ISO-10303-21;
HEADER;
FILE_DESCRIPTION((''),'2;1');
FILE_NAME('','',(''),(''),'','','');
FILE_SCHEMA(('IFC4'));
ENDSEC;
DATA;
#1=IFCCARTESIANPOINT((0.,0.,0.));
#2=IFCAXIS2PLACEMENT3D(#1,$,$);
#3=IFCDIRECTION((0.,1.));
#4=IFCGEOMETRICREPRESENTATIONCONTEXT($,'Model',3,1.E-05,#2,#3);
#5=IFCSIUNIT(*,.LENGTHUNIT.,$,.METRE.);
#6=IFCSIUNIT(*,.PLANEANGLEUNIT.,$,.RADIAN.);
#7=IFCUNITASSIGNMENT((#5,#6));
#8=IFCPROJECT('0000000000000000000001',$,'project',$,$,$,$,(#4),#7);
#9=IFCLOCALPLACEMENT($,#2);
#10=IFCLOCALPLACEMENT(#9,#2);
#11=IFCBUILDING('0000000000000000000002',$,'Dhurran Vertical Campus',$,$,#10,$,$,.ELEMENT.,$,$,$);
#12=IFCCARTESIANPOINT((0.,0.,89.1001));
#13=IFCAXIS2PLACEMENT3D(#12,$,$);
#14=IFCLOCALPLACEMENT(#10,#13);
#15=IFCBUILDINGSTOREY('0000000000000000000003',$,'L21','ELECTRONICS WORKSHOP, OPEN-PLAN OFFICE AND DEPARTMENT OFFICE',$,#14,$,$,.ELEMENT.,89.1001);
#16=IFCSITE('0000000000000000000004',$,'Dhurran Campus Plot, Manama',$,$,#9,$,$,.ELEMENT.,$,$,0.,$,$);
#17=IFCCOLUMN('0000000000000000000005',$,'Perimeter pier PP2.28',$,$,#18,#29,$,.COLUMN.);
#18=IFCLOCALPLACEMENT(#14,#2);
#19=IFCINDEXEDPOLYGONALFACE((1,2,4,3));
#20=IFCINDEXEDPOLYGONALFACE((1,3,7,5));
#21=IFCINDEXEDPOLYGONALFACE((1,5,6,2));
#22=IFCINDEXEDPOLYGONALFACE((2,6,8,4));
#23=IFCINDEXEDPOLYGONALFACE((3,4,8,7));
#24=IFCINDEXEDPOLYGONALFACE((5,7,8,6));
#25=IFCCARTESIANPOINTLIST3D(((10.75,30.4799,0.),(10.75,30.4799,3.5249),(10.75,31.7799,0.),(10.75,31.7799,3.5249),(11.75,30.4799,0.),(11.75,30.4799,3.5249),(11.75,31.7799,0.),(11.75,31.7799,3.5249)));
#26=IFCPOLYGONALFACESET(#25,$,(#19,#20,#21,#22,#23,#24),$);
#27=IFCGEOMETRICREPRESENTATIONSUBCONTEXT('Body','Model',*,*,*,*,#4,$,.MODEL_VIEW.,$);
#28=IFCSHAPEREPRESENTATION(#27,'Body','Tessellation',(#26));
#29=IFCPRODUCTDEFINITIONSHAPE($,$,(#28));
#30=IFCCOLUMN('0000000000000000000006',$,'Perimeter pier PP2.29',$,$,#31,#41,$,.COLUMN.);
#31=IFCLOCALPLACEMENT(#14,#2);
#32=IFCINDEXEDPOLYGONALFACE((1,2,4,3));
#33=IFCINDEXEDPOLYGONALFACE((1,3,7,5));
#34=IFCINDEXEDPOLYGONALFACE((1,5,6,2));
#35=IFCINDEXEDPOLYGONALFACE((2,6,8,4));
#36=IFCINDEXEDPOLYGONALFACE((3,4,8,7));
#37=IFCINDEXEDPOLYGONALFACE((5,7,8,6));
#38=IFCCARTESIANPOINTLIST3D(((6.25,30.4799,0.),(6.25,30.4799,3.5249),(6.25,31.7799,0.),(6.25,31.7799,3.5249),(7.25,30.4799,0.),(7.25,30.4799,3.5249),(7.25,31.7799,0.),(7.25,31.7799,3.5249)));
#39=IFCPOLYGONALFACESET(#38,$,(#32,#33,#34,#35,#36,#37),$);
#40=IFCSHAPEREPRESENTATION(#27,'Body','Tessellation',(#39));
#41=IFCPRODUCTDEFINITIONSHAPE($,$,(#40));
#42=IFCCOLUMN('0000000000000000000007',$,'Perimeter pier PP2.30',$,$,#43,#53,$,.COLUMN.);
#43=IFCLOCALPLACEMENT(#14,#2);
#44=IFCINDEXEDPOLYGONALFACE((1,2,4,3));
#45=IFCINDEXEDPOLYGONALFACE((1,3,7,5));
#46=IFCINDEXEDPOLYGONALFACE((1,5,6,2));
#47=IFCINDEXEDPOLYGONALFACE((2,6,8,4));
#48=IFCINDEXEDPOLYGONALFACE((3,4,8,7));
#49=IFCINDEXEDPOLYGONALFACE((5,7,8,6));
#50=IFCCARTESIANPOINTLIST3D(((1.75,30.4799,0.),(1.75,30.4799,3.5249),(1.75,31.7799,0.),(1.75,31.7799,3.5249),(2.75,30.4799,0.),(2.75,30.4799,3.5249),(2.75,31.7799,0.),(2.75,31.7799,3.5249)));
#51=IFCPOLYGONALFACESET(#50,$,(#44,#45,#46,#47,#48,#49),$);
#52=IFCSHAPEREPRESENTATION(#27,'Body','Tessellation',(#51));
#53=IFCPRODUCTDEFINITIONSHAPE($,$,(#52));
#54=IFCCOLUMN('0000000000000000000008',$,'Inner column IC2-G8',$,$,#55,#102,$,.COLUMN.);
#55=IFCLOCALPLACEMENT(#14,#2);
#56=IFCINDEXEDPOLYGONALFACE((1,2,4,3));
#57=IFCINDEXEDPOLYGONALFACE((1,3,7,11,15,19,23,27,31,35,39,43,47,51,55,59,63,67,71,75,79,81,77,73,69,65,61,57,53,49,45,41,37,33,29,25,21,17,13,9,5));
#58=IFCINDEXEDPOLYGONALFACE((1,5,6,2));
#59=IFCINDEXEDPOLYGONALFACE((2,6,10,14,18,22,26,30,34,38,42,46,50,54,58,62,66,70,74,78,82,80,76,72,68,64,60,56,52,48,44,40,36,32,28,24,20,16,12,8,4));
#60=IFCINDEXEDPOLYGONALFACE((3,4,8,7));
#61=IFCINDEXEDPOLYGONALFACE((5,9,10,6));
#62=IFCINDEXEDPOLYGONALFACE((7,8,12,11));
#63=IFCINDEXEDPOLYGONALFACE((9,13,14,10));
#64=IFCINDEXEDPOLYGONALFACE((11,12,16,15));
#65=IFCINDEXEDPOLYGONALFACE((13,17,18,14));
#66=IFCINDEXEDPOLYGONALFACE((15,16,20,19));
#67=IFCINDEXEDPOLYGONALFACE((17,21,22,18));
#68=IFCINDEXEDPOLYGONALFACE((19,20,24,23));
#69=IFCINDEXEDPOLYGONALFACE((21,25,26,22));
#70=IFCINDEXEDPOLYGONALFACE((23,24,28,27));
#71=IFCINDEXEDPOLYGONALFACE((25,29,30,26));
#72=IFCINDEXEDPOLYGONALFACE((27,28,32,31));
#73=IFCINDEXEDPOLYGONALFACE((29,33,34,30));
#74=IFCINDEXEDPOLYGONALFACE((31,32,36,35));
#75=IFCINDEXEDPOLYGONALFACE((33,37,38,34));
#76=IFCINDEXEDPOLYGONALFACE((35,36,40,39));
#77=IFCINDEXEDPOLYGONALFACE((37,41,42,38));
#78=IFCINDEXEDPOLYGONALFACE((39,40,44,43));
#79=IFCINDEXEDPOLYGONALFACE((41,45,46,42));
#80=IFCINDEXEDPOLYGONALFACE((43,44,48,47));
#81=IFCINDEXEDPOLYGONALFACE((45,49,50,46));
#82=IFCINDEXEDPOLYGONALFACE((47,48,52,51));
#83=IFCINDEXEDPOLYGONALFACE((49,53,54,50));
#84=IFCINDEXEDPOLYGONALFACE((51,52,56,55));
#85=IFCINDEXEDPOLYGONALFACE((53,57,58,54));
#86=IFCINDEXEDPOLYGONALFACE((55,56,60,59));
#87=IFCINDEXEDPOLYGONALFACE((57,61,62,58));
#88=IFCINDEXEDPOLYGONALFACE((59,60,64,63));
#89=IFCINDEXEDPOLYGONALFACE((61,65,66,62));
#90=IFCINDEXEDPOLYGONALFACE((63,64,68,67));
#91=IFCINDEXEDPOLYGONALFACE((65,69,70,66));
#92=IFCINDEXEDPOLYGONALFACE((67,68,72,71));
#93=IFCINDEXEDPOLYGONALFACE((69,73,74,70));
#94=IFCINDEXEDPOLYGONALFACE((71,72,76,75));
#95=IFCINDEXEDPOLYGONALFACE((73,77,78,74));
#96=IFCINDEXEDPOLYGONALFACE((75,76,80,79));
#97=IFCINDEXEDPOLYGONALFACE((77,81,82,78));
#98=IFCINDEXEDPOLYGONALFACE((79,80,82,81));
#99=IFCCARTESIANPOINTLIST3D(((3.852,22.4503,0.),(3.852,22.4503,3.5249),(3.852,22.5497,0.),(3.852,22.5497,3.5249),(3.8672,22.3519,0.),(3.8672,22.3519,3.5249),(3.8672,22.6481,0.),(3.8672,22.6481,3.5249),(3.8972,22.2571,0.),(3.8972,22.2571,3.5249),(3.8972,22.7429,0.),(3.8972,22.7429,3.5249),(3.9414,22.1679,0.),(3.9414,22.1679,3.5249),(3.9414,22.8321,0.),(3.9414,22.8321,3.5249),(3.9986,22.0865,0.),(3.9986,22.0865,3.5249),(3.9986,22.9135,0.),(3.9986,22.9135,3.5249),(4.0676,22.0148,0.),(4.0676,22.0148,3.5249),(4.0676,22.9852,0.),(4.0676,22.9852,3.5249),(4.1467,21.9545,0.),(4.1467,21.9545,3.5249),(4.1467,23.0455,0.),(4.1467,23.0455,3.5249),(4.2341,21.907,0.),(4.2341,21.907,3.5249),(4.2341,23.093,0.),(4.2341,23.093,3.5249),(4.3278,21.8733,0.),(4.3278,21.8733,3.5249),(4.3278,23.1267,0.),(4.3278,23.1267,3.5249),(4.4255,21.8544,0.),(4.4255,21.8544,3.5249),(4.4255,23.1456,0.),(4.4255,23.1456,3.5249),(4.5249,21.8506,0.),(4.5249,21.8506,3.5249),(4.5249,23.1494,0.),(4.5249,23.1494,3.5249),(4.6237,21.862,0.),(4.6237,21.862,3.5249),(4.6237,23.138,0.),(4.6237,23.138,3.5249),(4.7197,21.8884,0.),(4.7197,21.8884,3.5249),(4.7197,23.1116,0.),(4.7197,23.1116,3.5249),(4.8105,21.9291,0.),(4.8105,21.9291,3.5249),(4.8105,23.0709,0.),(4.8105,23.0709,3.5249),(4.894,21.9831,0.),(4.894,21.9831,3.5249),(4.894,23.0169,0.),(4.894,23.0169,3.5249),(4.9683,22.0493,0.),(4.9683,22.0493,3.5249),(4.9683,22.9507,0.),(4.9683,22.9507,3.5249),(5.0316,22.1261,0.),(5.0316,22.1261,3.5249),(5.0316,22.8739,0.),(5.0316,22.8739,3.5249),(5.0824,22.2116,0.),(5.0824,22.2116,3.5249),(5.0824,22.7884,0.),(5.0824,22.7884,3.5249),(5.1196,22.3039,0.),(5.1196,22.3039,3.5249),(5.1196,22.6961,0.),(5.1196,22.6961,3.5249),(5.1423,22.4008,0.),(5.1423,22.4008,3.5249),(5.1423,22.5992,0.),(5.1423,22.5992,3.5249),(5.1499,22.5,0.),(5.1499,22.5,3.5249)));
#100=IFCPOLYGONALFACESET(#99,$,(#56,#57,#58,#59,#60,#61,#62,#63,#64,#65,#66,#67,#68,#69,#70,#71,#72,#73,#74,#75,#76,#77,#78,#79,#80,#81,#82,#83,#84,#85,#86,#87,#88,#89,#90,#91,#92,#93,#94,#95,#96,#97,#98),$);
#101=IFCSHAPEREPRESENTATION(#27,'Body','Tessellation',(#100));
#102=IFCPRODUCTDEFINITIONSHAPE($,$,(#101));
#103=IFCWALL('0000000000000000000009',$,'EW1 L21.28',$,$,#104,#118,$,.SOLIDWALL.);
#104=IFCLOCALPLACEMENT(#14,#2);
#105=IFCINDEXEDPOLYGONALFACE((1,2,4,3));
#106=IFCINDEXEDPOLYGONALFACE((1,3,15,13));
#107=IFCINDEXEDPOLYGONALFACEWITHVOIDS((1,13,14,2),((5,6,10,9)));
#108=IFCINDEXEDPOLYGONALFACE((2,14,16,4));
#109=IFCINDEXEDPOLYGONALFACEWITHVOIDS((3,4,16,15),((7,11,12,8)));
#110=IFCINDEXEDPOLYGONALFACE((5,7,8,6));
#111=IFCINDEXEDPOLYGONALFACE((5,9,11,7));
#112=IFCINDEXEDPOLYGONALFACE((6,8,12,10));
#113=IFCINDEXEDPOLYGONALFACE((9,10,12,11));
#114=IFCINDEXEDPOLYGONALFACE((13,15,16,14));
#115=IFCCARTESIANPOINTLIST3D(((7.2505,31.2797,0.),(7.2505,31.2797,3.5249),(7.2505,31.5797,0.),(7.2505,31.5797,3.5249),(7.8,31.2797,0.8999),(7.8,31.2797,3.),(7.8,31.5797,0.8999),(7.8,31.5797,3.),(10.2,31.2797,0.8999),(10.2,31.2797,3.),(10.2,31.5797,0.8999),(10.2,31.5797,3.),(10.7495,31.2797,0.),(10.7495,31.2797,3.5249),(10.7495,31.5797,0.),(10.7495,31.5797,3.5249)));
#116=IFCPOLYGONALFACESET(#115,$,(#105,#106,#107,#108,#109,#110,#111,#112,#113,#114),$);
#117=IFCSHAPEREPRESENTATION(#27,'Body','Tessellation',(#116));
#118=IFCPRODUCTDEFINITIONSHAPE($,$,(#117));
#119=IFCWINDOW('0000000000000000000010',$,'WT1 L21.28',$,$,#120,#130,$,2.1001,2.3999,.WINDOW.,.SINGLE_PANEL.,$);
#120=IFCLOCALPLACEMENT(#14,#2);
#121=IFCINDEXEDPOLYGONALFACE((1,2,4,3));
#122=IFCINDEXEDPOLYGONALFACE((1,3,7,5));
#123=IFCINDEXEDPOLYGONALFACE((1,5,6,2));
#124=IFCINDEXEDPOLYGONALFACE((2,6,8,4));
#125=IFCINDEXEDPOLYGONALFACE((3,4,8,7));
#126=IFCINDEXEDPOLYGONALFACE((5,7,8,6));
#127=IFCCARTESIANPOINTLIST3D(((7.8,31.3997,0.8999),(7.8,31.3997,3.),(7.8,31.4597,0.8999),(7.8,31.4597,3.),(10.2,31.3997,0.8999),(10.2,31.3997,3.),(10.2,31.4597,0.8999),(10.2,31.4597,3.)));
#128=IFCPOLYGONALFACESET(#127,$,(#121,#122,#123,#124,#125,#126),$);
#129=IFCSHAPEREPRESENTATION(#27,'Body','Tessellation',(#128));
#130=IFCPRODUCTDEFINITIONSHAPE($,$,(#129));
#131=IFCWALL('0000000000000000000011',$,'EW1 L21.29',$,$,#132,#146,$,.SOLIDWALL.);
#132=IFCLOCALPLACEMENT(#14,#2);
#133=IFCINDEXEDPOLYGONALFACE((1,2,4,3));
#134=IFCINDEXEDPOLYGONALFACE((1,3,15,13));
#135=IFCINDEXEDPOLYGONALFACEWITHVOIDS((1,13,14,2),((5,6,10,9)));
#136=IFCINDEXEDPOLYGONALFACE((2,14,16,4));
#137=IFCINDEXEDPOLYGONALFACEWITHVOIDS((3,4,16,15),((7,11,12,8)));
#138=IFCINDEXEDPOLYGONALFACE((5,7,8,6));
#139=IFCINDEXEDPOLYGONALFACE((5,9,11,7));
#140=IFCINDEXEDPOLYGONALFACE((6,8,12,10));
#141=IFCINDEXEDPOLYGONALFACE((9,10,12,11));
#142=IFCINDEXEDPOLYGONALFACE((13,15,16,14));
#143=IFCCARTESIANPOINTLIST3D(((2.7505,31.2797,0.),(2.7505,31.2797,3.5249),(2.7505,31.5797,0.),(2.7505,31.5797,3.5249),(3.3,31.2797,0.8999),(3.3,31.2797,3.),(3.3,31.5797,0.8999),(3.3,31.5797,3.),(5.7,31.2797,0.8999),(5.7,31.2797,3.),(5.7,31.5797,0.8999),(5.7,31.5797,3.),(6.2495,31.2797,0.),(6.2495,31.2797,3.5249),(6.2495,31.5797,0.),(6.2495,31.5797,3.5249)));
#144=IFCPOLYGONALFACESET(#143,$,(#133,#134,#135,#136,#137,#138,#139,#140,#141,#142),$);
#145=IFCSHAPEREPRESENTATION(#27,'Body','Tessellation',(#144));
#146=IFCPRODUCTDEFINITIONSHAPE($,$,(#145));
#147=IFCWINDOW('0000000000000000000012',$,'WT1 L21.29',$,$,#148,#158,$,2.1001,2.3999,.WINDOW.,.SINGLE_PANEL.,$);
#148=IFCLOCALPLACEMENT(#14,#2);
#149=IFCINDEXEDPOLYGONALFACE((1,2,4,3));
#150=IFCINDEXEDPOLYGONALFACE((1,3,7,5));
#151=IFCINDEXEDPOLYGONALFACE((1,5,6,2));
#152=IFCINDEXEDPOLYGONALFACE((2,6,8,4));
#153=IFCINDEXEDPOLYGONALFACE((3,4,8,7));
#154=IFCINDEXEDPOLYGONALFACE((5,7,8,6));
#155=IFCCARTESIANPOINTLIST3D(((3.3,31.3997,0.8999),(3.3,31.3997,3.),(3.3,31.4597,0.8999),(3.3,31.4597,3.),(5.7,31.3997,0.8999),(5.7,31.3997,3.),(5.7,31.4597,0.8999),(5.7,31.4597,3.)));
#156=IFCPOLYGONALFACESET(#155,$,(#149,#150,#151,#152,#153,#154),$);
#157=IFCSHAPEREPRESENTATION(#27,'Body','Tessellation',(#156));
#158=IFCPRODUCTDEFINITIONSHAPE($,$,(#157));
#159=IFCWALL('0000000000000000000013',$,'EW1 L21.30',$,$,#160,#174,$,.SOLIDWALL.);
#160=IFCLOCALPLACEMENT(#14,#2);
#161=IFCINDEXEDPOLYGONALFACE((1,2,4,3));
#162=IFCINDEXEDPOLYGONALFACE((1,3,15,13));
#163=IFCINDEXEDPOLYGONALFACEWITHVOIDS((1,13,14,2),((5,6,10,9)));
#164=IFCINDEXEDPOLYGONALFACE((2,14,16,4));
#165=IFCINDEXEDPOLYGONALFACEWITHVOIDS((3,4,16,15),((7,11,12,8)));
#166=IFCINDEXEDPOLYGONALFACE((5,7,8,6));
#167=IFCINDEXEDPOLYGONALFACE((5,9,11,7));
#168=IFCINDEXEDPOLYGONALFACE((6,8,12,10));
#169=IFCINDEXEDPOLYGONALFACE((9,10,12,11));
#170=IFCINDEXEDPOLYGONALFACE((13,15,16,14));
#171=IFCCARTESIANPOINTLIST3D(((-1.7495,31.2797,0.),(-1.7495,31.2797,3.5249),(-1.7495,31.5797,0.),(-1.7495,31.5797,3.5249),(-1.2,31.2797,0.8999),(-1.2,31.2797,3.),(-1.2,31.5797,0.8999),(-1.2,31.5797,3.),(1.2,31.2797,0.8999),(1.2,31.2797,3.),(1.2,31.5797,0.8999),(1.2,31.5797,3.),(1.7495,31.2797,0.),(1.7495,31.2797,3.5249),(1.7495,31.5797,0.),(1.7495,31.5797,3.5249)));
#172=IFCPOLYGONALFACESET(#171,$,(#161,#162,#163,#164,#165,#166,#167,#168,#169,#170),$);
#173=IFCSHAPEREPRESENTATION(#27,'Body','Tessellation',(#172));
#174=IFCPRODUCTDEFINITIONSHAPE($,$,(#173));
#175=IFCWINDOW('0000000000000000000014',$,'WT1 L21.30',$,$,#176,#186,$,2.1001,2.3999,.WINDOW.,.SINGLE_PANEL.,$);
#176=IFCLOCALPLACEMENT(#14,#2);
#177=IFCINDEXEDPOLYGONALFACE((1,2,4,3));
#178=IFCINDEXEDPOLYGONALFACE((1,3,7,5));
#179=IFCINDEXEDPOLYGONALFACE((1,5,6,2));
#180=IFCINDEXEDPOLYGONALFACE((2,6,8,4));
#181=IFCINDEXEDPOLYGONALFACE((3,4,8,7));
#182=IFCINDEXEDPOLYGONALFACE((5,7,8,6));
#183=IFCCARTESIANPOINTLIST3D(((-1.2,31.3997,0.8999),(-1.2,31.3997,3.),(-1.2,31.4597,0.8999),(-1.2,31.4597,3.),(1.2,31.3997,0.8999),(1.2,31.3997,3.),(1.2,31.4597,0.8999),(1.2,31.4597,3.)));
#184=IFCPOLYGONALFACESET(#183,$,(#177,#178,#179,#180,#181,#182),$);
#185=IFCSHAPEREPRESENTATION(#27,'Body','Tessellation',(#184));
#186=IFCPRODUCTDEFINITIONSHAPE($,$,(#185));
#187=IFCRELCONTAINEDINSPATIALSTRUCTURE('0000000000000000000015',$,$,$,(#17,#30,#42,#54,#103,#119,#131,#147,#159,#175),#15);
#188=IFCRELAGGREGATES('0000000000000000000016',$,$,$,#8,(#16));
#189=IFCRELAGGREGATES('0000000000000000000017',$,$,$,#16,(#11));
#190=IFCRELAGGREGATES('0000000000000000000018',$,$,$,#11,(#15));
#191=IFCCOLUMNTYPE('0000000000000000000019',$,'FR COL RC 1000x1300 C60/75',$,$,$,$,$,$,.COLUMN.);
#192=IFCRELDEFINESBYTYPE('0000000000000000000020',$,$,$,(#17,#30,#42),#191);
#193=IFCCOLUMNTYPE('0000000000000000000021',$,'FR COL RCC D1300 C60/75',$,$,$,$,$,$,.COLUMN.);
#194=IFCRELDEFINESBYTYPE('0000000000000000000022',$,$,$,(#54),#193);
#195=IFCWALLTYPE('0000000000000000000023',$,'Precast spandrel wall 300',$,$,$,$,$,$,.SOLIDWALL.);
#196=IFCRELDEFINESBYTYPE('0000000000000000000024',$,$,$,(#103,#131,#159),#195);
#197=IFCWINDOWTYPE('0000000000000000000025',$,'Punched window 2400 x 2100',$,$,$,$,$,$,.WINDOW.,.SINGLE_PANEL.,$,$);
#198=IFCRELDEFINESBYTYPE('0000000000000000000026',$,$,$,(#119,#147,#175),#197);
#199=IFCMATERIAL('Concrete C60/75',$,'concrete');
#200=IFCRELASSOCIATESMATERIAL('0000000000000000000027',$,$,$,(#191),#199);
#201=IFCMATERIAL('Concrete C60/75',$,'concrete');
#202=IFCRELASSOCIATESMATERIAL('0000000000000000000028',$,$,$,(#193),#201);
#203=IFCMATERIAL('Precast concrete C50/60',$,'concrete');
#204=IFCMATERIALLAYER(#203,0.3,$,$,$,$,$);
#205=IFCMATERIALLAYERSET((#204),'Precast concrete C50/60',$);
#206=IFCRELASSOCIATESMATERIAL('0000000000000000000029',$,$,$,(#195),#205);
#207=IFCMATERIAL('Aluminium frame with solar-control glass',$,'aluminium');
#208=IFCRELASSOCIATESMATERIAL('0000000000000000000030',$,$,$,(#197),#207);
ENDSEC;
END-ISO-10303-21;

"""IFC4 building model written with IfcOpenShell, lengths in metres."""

from ifc_helpers import new_model, si_unit, direction, frame, frame_2d, origin, origin_2d, place, context, subcontext, project, spatial, rectangle, circle, extrude, material, layer, layer_set, material_profile, profile_set, type_object, element, fill, save


model = new_model("IFC4")

# Units and contexts
model_context = context("Model", 3, precision=1e-05, world=origin(), true_north=direction((0.0, 1.0)))
body_context = subcontext(model_context, "Body", "Model", "MODEL_VIEW")
ifc_project = project(units=[si_unit("LENGTHUNIT", "METRE"), si_unit("PLANEANGLEUNIT", "RADIAN")], contexts=[model_context])

# Site, building, storey
site_placement = place(None, origin())
site = spatial("IfcSite", under=ifc_project, at=site_placement, Name="Dhurran Campus Plot, Manama", CompositionType="ELEMENT", RefElevation=0.0)
building_placement = place(site_placement, origin())
building = spatial("IfcBuilding", under=site, at=building_placement, Name="Dhurran Vertical Campus", CompositionType="ELEMENT")
storey_placement = place(building_placement, frame((0.0, 0.0, 89.1001)))
storey = spatial("IfcBuildingStorey", under=building, at=storey_placement, Name="L21", Description="ELECTRONICS WORKSHOP, OPEN-PLAN OFFICE AND DEPARTMENT OFFICE", CompositionType="ELEMENT", Elevation=89.1001)

# Columns
ifc_material_1 = material(Name="Concrete C60/75", Category="concrete")
ifc_material_profile_1 = material_profile(ifc_material_1, rectangle(XDim=1.0, YDim=1.3, at=origin_2d()), Name="RC 1000x1300")
ifc_profile_set_1 = profile_set([ifc_material_profile_1], Name="Concrete C60/75")
column_type_1 = type_object("IfcColumnType", Name="FR COL RC 1000x1300 C60/75", PredefinedType="COLUMN", material=ifc_profile_set_1)
for number, where, z_axis, x_axis, name in (
    (1, (11.25, 31.1299, 0.0), (0.0, 0.0, 1.0), (-1.0, 0.0, 0.0), "Perimeter pier PP2.28"),
    (2, (6.75, 31.1299, 0.0), (0.0, 0.0, 1.0), (-1.0, 0.0, 0.0), "Perimeter pier PP2.29"),
    (3, (2.25, 31.1299, 0.0), (0.0, 0.0, 1.0), (-1.0, 0.0, 0.0), "Perimeter pier PP2.30"),
):
    element("IfcColumn", number, at=place(storey_placement, frame(where, z_axis=z_axis, x_axis=x_axis)), inside=storey, type_object=column_type_1, Name=name, PredefinedType="COLUMN", context=body_context, shape_type="SweptSolid", body=[
        extrude(rectangle(XDim=1.0, YDim=1.3, at=origin_2d()), origin(), (0.0, 0.0, 1.0), 3.5249),
    ])
ifc_material_2 = material(Name="Concrete C60/75", Category="concrete")
ifc_material_profile_2 = material_profile(ifc_material_2, circle(Radius=0.6499, at=origin_2d()), Name="RCC D1300")
ifc_profile_set_2 = profile_set([ifc_material_profile_2], Name="Concrete C60/75")
column_type_2 = type_object("IfcColumnType", Name="FR COL RCC D1300 C60/75", PredefinedType="COLUMN", material=ifc_profile_set_2)
column_placement = place(storey_placement, frame((4.5, 22.5, 0.0), z_axis=(0.0, 0.0, 1.0), x_axis=(1.0, 0.0, 0.0)))
element("IfcColumn", 4, at=column_placement, inside=storey, type_object=column_type_2, Name="Inner column IC2-G8", PredefinedType="COLUMN", context=body_context, shape_type="SweptSolid", body=[
    extrude(circle(Radius=0.6499, at=origin_2d()), origin(), (0.0, 0.0, 1.0), 3.5249),
])

# Walls, openings, windows
ifc_material_3 = material(Name="Precast concrete C50/60", Category="concrete")
ifc_layer_1 = layer(ifc_material_3, 0.3)
ifc_layer_set_1 = layer_set([ifc_layer_1], Name="Precast concrete C50/60")
wall_type_1 = type_object("IfcWallType", Name="Precast spandrel wall 300", PredefinedType="SOLIDWALL", material=ifc_layer_set_1)
wall_1_placement = place(storey_placement, frame((10.7495, 31.4297, 0.0), z_axis=(0.0, 0.0, 1.0), x_axis=(-1.0, 0.0, 0.0)))
wall_1 = element("IfcWall", 5, at=wall_1_placement, inside=storey, type_object=wall_type_1, Name="EW1 L21.28", PredefinedType="SOLIDWALL", context=body_context, shape_type="SweptSolid", body=[
    extrude(rectangle(XDim=3.499, YDim=0.3, at=frame_2d((1.7495, 0.0))), origin(), (0.0, 0.0, 1.0), 3.5249),
])
opening_1_placement = place(wall_1_placement, frame((0.5496, 0.0, 0.8999)))
opening_1 = element("IfcOpeningElement", 6, at=opening_1_placement, cuts=wall_1, PredefinedType="OPENING", context=body_context, shape_type="SweptSolid", body=[
    extrude(rectangle(XDim=2.3999, YDim=2.1001, at=frame_2d((1.2, 1.05))), frame((0.0, 0.1599, 0.0), z_axis=(0.0, -1.0, 0.0), x_axis=(1.0, 0.0, 0.0)), (0.0, 0.0, 1.0), 0.3201),
])
ifc_material_4 = material(Name="Aluminium frame with solar-control glass", Category="aluminium")
window_type = type_object("IfcWindowType", Name="Punched window 2400 x 2100", PartitioningType="SINGLE_PANEL", PredefinedType="WINDOW", material=ifc_material_4)
window_1_placement = place(opening_1_placement, origin())
window_1 = element("IfcWindow", 7, at=window_1_placement, inside=storey, type_object=window_type, Name="WT1 L21.28", OverallHeight=2.1001, OverallWidth=2.3999, PartitioningType="SINGLE_PANEL", PredefinedType="WINDOW", context=body_context, shape_type="SweptSolid", body=[
    extrude(rectangle(XDim=2.3999, YDim=2.1001, at=frame_2d((1.2, 1.05))), frame((0.0, 0.03, 0.0), z_axis=(0.0, -1.0, 0.0), x_axis=(1.0, 0.0, 0.0)), (0.0, 0.0, 1.0), 0.0601),
])
fill(opening_1, window_1)
wall_2_placement = place(storey_placement, frame((6.2495, 31.4297, 0.0), z_axis=(0.0, 0.0, 1.0), x_axis=(-1.0, 0.0, 0.0)))
wall_2 = element("IfcWall", 8, at=wall_2_placement, inside=storey, type_object=wall_type_1, Name="EW1 L21.29", PredefinedType="SOLIDWALL", context=body_context, shape_type="SweptSolid", body=[
    extrude(rectangle(XDim=3.499, YDim=0.3, at=frame_2d((1.7495, 0.0))), origin(), (0.0, 0.0, 1.0), 3.5249),
])
opening_2_placement = place(wall_2_placement, frame((0.5496, 0.0, 0.8999)))
opening_2 = element("IfcOpeningElement", 9, at=opening_2_placement, cuts=wall_2, PredefinedType="OPENING", context=body_context, shape_type="SweptSolid", body=[
    extrude(rectangle(XDim=2.3999, YDim=2.1001, at=frame_2d((1.2, 1.05))), frame((0.0, 0.1599, 0.0), z_axis=(0.0, -1.0, 0.0), x_axis=(1.0, 0.0, 0.0)), (0.0, 0.0, 1.0), 0.3201),
])
window_2_placement = place(opening_2_placement, origin())
window_2 = element("IfcWindow", 10, at=window_2_placement, inside=storey, type_object=window_type, Name="WT1 L21.29", OverallHeight=2.1001, OverallWidth=2.3999, PartitioningType="SINGLE_PANEL", PredefinedType="WINDOW", context=body_context, shape_type="SweptSolid", body=[
    extrude(rectangle(XDim=2.3999, YDim=2.1001, at=frame_2d((1.2, 1.05))), frame((0.0, 0.03, 0.0), z_axis=(0.0, -1.0, 0.0), x_axis=(1.0, 0.0, 0.0)), (0.0, 0.0, 1.0), 0.0601),
])
fill(opening_2, window_2)
wall_3_placement = place(storey_placement, frame((1.7495, 31.4297, 0.0), z_axis=(0.0, 0.0, 1.0), x_axis=(-1.0, 0.0, 0.0)))
wall_3 = element("IfcWall", 11, at=wall_3_placement, inside=storey, type_object=wall_type_1, Name="EW1 L21.30", PredefinedType="SOLIDWALL", context=body_context, shape_type="SweptSolid", body=[
    extrude(rectangle(XDim=3.499, YDim=0.3, at=frame_2d((1.7495, 0.0))), origin(), (0.0, 0.0, 1.0), 3.5249),
])
opening_3_placement = place(wall_3_placement, frame((0.5496, 0.0, 0.8999)))
opening_3 = element("IfcOpeningElement", 12, at=opening_3_placement, cuts=wall_3, PredefinedType="OPENING", context=body_context, shape_type="SweptSolid", body=[
    extrude(rectangle(XDim=2.3999, YDim=2.1001, at=frame_2d((1.2, 1.05))), frame((0.0, 0.1599, 0.0), z_axis=(0.0, -1.0, 0.0), x_axis=(1.0, 0.0, 0.0)), (0.0, 0.0, 1.0), 0.3201),
])
window_3_placement = place(opening_3_placement, origin())
window_3 = element("IfcWindow", 13, at=window_3_placement, inside=storey, type_object=window_type, Name="WT1 L21.30", OverallHeight=2.1001, OverallWidth=2.3999, PartitioningType="SINGLE_PANEL", PredefinedType="WINDOW", context=body_context, shape_type="SweptSolid", body=[
    extrude(rectangle(XDim=2.3999, YDim=2.1001, at=frame_2d((1.2, 1.05))), frame((0.0, 0.03, 0.0), z_axis=(0.0, -1.0, 0.0), x_axis=(1.0, 0.0, 0.0)), (0.0, 0.0, 1.0), 0.0601),
])
fill(opening_3, window_3)

save(model, "model.ifc")
